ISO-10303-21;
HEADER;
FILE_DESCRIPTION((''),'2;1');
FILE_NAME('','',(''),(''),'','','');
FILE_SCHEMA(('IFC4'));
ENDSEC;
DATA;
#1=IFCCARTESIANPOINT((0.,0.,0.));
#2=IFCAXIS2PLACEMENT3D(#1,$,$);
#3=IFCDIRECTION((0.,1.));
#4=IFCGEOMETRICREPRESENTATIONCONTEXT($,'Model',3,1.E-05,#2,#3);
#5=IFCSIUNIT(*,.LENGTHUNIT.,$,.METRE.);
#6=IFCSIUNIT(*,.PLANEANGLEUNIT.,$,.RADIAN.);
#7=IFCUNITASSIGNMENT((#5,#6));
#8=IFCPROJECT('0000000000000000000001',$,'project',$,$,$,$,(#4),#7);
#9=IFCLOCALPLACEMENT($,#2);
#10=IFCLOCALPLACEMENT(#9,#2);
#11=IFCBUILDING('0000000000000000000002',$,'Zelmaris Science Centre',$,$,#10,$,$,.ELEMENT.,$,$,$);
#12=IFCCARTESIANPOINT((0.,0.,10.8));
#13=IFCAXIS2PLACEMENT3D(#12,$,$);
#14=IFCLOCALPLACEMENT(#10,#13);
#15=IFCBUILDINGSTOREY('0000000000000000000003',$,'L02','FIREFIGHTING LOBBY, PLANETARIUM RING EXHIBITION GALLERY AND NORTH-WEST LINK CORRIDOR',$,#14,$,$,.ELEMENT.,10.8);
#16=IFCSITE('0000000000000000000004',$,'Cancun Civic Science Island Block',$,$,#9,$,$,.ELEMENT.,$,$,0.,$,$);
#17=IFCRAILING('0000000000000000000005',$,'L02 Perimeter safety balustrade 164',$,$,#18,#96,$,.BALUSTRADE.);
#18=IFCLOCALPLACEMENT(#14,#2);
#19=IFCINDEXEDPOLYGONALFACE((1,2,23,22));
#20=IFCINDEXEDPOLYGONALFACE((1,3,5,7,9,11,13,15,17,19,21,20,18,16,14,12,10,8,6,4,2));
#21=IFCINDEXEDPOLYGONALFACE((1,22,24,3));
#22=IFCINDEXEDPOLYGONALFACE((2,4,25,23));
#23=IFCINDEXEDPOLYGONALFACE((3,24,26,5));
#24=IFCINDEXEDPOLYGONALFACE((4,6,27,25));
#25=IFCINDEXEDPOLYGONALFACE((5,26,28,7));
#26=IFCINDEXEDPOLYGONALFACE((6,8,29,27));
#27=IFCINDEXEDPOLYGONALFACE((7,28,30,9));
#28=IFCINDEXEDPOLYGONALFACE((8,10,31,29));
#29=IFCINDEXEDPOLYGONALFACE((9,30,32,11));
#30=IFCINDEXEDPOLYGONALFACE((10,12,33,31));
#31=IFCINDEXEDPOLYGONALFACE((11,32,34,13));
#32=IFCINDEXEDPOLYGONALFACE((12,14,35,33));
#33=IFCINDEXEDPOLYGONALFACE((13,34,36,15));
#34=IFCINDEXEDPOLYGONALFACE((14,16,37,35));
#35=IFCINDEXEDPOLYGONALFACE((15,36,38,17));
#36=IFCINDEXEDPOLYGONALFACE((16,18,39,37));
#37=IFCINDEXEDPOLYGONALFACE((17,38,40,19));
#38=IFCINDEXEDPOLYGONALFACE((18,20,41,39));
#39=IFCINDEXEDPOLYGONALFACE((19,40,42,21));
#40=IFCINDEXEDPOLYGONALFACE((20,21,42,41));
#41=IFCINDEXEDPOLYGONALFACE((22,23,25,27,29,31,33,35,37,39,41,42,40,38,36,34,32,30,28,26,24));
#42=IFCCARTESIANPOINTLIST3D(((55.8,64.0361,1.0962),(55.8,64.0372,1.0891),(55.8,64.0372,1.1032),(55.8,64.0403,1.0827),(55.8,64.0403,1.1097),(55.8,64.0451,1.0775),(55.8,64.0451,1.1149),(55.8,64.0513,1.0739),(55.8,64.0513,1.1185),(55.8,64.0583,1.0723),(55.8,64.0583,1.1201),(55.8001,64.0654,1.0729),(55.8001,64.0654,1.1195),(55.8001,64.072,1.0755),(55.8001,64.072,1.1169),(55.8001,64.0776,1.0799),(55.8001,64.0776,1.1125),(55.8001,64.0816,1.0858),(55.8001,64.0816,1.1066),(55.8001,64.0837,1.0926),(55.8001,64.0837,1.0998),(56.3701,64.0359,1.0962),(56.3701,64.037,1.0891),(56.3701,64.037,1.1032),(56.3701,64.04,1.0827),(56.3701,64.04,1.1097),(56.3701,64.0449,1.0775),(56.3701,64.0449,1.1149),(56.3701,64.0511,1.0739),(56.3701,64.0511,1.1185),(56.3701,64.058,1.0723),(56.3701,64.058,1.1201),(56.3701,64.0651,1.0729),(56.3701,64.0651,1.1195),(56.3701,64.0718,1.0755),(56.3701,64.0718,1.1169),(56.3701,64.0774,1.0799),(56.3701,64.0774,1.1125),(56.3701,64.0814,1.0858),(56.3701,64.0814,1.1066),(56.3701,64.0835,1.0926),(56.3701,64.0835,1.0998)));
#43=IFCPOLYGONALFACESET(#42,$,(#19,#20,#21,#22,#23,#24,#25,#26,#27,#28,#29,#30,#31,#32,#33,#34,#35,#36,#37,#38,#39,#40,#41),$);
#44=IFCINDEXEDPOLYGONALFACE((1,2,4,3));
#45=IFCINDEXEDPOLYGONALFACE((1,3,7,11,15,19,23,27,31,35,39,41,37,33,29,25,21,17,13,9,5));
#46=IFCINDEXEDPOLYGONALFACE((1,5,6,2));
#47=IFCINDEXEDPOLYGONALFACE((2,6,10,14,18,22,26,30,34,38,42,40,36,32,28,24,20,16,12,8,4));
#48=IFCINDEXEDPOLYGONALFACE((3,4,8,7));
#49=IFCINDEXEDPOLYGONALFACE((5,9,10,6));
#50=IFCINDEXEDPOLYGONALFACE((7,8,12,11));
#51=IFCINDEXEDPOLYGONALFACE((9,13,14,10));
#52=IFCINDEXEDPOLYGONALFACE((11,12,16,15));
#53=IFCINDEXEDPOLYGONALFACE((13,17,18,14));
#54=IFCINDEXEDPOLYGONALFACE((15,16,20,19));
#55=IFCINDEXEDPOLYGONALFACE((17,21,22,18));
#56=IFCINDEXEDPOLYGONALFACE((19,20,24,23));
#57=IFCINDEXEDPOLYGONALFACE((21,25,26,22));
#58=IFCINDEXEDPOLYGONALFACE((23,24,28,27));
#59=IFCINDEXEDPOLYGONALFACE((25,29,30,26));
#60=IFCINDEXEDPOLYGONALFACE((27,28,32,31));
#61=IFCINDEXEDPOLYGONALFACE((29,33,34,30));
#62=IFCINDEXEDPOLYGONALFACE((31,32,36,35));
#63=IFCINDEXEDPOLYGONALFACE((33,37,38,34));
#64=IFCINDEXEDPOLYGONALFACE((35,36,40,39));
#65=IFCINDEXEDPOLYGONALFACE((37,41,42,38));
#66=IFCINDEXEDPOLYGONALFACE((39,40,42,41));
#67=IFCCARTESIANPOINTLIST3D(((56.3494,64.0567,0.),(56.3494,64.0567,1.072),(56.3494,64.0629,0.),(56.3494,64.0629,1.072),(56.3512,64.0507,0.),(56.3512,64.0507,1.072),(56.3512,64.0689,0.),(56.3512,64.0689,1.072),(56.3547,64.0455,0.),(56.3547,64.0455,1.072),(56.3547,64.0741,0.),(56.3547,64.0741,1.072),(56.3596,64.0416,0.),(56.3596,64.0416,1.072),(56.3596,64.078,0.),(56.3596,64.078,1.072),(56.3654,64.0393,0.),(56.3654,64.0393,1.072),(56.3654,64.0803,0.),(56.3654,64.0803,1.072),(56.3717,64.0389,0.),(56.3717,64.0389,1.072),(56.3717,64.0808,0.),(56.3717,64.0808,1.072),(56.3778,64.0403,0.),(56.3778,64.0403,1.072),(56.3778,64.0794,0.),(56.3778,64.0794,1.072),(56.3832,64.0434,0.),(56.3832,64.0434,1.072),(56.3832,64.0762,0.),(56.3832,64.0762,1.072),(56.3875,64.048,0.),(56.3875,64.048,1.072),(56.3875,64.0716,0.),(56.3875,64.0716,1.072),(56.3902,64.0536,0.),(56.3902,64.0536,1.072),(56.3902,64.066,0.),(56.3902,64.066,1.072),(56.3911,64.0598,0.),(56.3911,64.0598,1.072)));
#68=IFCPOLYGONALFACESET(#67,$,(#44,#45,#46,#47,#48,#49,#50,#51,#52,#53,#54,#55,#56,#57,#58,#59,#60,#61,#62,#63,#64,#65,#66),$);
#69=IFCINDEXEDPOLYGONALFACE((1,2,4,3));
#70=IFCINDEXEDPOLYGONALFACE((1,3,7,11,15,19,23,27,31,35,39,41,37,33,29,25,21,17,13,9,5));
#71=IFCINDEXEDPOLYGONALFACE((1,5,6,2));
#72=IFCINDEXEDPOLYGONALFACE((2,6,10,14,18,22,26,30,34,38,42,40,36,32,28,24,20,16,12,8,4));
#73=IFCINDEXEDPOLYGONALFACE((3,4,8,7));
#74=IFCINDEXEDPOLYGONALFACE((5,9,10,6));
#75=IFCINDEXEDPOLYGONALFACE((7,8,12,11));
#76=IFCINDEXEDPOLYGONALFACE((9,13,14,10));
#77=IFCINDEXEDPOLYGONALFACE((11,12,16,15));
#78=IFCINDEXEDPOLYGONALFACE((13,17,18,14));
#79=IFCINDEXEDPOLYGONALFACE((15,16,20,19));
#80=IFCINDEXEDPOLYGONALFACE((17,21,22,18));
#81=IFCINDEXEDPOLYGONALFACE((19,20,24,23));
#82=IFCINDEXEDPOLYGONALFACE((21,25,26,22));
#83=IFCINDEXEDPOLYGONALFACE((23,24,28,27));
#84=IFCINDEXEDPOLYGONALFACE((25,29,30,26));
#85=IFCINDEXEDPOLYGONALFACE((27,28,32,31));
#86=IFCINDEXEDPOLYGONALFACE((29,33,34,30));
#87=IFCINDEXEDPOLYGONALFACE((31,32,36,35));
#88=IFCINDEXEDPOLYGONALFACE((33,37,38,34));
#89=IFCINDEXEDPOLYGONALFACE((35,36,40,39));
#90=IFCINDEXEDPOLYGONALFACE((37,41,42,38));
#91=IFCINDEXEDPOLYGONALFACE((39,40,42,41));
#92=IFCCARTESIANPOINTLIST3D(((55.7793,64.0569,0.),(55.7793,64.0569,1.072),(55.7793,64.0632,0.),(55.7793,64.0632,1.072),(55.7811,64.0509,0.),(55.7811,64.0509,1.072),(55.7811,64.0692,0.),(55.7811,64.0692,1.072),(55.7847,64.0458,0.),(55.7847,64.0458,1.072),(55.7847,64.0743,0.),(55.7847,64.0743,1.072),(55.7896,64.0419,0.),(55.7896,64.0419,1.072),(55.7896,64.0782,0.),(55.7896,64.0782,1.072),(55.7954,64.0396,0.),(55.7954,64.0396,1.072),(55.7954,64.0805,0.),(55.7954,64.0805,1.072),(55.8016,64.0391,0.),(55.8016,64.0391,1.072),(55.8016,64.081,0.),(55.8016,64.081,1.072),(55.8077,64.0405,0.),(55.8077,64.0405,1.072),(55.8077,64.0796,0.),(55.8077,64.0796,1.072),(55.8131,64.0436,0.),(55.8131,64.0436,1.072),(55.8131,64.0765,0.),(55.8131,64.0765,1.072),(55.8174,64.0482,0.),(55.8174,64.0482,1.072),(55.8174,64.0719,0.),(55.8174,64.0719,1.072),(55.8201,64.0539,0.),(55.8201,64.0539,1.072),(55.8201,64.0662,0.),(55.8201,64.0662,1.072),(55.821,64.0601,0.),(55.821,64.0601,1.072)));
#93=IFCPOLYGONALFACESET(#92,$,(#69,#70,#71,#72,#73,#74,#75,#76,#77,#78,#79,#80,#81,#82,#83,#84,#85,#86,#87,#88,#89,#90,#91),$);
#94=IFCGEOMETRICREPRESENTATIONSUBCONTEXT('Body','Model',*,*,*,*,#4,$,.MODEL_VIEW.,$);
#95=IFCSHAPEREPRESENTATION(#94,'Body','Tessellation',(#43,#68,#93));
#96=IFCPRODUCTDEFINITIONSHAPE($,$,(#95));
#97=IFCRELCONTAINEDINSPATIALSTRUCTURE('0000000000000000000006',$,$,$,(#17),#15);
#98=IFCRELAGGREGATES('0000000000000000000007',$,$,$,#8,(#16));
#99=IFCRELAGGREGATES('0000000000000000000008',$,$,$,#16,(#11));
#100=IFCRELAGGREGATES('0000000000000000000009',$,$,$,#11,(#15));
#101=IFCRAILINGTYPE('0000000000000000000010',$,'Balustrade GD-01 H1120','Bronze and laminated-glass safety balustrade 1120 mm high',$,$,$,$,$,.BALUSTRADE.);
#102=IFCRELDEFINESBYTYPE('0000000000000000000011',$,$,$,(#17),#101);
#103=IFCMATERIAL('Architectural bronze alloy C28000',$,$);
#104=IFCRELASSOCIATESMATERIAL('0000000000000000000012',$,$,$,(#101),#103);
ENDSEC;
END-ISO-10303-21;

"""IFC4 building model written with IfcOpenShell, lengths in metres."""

from ifc_helpers import new_model, si_unit, direction, frame, origin, origin_2d, place, context, subcontext, project, spatial, circle, extrude, material, type_object, element, save


model = new_model("IFC4")

# Units and contexts
model_context = context("Model", 3, precision=1e-05, world=origin(), true_north=direction((0.0, 1.0)))
body_context = subcontext(model_context, "Body", "Model", "MODEL_VIEW")
ifc_project = project(units=[si_unit("LENGTHUNIT", "METRE"), si_unit("PLANEANGLEUNIT", "RADIAN")], contexts=[model_context])

# Site, building, storey
site_placement = place(None, origin())
site = spatial("IfcSite", under=ifc_project, at=site_placement, Name="Cancun Civic Science Island Block", CompositionType="ELEMENT", RefElevation=0.0)
building_placement = place(site_placement, origin())
building = spatial("IfcBuilding", under=site, at=building_placement, Name="Zelmaris Science Centre", CompositionType="ELEMENT")
storey_placement = place(building_placement, frame((0.0, 0.0, 10.8)))
storey = spatial("IfcBuildingStorey", under=building, at=storey_placement, Name="L02", Description="FIREFIGHTING LOBBY, PLANETARIUM RING EXHIBITION GALLERY AND NORTH-WEST LINK CORRIDOR", CompositionType="ELEMENT", Elevation=10.8)

# Railing
ifc_material_1 = material(Name="Architectural bronze alloy C28000")
railing_type = type_object("IfcRailingType", Name="Balustrade GD-01 H1120", Description="Bronze and laminated-glass safety balustrade 1120 mm high", PredefinedType="BALUSTRADE", material=ifc_material_1)
railing_placement = place(storey_placement, frame((56.3701, 64.0598, 0.0)))
element("IfcRailing", 1, at=railing_placement, inside=storey, type_object=railing_type, Name="L02 Perimeter safety balustrade 164", PredefinedType="BALUSTRADE", context=body_context, shape_type="SweptSolid", body=[
    extrude(circle(Radius=0.0239, at=origin_2d()), frame((0.0, 0.0, 1.0962), z_axis=(-1.0, 0.000428, 0.0), x_axis=(-0.000428, -1.0, 0.0)), (0.0, 0.0, 1.0), 0.5701),
    extrude(circle(Radius=0.021, at=origin_2d()), origin(), (0.0, 0.0, 1.0), 1.072),
    extrude(circle(Radius=0.021, at=origin_2d()), frame((-0.5701, 0.0002, 0.0)), (0.0, 0.0, 1.0), 1.072),
])

save(model, "model.ifc")
